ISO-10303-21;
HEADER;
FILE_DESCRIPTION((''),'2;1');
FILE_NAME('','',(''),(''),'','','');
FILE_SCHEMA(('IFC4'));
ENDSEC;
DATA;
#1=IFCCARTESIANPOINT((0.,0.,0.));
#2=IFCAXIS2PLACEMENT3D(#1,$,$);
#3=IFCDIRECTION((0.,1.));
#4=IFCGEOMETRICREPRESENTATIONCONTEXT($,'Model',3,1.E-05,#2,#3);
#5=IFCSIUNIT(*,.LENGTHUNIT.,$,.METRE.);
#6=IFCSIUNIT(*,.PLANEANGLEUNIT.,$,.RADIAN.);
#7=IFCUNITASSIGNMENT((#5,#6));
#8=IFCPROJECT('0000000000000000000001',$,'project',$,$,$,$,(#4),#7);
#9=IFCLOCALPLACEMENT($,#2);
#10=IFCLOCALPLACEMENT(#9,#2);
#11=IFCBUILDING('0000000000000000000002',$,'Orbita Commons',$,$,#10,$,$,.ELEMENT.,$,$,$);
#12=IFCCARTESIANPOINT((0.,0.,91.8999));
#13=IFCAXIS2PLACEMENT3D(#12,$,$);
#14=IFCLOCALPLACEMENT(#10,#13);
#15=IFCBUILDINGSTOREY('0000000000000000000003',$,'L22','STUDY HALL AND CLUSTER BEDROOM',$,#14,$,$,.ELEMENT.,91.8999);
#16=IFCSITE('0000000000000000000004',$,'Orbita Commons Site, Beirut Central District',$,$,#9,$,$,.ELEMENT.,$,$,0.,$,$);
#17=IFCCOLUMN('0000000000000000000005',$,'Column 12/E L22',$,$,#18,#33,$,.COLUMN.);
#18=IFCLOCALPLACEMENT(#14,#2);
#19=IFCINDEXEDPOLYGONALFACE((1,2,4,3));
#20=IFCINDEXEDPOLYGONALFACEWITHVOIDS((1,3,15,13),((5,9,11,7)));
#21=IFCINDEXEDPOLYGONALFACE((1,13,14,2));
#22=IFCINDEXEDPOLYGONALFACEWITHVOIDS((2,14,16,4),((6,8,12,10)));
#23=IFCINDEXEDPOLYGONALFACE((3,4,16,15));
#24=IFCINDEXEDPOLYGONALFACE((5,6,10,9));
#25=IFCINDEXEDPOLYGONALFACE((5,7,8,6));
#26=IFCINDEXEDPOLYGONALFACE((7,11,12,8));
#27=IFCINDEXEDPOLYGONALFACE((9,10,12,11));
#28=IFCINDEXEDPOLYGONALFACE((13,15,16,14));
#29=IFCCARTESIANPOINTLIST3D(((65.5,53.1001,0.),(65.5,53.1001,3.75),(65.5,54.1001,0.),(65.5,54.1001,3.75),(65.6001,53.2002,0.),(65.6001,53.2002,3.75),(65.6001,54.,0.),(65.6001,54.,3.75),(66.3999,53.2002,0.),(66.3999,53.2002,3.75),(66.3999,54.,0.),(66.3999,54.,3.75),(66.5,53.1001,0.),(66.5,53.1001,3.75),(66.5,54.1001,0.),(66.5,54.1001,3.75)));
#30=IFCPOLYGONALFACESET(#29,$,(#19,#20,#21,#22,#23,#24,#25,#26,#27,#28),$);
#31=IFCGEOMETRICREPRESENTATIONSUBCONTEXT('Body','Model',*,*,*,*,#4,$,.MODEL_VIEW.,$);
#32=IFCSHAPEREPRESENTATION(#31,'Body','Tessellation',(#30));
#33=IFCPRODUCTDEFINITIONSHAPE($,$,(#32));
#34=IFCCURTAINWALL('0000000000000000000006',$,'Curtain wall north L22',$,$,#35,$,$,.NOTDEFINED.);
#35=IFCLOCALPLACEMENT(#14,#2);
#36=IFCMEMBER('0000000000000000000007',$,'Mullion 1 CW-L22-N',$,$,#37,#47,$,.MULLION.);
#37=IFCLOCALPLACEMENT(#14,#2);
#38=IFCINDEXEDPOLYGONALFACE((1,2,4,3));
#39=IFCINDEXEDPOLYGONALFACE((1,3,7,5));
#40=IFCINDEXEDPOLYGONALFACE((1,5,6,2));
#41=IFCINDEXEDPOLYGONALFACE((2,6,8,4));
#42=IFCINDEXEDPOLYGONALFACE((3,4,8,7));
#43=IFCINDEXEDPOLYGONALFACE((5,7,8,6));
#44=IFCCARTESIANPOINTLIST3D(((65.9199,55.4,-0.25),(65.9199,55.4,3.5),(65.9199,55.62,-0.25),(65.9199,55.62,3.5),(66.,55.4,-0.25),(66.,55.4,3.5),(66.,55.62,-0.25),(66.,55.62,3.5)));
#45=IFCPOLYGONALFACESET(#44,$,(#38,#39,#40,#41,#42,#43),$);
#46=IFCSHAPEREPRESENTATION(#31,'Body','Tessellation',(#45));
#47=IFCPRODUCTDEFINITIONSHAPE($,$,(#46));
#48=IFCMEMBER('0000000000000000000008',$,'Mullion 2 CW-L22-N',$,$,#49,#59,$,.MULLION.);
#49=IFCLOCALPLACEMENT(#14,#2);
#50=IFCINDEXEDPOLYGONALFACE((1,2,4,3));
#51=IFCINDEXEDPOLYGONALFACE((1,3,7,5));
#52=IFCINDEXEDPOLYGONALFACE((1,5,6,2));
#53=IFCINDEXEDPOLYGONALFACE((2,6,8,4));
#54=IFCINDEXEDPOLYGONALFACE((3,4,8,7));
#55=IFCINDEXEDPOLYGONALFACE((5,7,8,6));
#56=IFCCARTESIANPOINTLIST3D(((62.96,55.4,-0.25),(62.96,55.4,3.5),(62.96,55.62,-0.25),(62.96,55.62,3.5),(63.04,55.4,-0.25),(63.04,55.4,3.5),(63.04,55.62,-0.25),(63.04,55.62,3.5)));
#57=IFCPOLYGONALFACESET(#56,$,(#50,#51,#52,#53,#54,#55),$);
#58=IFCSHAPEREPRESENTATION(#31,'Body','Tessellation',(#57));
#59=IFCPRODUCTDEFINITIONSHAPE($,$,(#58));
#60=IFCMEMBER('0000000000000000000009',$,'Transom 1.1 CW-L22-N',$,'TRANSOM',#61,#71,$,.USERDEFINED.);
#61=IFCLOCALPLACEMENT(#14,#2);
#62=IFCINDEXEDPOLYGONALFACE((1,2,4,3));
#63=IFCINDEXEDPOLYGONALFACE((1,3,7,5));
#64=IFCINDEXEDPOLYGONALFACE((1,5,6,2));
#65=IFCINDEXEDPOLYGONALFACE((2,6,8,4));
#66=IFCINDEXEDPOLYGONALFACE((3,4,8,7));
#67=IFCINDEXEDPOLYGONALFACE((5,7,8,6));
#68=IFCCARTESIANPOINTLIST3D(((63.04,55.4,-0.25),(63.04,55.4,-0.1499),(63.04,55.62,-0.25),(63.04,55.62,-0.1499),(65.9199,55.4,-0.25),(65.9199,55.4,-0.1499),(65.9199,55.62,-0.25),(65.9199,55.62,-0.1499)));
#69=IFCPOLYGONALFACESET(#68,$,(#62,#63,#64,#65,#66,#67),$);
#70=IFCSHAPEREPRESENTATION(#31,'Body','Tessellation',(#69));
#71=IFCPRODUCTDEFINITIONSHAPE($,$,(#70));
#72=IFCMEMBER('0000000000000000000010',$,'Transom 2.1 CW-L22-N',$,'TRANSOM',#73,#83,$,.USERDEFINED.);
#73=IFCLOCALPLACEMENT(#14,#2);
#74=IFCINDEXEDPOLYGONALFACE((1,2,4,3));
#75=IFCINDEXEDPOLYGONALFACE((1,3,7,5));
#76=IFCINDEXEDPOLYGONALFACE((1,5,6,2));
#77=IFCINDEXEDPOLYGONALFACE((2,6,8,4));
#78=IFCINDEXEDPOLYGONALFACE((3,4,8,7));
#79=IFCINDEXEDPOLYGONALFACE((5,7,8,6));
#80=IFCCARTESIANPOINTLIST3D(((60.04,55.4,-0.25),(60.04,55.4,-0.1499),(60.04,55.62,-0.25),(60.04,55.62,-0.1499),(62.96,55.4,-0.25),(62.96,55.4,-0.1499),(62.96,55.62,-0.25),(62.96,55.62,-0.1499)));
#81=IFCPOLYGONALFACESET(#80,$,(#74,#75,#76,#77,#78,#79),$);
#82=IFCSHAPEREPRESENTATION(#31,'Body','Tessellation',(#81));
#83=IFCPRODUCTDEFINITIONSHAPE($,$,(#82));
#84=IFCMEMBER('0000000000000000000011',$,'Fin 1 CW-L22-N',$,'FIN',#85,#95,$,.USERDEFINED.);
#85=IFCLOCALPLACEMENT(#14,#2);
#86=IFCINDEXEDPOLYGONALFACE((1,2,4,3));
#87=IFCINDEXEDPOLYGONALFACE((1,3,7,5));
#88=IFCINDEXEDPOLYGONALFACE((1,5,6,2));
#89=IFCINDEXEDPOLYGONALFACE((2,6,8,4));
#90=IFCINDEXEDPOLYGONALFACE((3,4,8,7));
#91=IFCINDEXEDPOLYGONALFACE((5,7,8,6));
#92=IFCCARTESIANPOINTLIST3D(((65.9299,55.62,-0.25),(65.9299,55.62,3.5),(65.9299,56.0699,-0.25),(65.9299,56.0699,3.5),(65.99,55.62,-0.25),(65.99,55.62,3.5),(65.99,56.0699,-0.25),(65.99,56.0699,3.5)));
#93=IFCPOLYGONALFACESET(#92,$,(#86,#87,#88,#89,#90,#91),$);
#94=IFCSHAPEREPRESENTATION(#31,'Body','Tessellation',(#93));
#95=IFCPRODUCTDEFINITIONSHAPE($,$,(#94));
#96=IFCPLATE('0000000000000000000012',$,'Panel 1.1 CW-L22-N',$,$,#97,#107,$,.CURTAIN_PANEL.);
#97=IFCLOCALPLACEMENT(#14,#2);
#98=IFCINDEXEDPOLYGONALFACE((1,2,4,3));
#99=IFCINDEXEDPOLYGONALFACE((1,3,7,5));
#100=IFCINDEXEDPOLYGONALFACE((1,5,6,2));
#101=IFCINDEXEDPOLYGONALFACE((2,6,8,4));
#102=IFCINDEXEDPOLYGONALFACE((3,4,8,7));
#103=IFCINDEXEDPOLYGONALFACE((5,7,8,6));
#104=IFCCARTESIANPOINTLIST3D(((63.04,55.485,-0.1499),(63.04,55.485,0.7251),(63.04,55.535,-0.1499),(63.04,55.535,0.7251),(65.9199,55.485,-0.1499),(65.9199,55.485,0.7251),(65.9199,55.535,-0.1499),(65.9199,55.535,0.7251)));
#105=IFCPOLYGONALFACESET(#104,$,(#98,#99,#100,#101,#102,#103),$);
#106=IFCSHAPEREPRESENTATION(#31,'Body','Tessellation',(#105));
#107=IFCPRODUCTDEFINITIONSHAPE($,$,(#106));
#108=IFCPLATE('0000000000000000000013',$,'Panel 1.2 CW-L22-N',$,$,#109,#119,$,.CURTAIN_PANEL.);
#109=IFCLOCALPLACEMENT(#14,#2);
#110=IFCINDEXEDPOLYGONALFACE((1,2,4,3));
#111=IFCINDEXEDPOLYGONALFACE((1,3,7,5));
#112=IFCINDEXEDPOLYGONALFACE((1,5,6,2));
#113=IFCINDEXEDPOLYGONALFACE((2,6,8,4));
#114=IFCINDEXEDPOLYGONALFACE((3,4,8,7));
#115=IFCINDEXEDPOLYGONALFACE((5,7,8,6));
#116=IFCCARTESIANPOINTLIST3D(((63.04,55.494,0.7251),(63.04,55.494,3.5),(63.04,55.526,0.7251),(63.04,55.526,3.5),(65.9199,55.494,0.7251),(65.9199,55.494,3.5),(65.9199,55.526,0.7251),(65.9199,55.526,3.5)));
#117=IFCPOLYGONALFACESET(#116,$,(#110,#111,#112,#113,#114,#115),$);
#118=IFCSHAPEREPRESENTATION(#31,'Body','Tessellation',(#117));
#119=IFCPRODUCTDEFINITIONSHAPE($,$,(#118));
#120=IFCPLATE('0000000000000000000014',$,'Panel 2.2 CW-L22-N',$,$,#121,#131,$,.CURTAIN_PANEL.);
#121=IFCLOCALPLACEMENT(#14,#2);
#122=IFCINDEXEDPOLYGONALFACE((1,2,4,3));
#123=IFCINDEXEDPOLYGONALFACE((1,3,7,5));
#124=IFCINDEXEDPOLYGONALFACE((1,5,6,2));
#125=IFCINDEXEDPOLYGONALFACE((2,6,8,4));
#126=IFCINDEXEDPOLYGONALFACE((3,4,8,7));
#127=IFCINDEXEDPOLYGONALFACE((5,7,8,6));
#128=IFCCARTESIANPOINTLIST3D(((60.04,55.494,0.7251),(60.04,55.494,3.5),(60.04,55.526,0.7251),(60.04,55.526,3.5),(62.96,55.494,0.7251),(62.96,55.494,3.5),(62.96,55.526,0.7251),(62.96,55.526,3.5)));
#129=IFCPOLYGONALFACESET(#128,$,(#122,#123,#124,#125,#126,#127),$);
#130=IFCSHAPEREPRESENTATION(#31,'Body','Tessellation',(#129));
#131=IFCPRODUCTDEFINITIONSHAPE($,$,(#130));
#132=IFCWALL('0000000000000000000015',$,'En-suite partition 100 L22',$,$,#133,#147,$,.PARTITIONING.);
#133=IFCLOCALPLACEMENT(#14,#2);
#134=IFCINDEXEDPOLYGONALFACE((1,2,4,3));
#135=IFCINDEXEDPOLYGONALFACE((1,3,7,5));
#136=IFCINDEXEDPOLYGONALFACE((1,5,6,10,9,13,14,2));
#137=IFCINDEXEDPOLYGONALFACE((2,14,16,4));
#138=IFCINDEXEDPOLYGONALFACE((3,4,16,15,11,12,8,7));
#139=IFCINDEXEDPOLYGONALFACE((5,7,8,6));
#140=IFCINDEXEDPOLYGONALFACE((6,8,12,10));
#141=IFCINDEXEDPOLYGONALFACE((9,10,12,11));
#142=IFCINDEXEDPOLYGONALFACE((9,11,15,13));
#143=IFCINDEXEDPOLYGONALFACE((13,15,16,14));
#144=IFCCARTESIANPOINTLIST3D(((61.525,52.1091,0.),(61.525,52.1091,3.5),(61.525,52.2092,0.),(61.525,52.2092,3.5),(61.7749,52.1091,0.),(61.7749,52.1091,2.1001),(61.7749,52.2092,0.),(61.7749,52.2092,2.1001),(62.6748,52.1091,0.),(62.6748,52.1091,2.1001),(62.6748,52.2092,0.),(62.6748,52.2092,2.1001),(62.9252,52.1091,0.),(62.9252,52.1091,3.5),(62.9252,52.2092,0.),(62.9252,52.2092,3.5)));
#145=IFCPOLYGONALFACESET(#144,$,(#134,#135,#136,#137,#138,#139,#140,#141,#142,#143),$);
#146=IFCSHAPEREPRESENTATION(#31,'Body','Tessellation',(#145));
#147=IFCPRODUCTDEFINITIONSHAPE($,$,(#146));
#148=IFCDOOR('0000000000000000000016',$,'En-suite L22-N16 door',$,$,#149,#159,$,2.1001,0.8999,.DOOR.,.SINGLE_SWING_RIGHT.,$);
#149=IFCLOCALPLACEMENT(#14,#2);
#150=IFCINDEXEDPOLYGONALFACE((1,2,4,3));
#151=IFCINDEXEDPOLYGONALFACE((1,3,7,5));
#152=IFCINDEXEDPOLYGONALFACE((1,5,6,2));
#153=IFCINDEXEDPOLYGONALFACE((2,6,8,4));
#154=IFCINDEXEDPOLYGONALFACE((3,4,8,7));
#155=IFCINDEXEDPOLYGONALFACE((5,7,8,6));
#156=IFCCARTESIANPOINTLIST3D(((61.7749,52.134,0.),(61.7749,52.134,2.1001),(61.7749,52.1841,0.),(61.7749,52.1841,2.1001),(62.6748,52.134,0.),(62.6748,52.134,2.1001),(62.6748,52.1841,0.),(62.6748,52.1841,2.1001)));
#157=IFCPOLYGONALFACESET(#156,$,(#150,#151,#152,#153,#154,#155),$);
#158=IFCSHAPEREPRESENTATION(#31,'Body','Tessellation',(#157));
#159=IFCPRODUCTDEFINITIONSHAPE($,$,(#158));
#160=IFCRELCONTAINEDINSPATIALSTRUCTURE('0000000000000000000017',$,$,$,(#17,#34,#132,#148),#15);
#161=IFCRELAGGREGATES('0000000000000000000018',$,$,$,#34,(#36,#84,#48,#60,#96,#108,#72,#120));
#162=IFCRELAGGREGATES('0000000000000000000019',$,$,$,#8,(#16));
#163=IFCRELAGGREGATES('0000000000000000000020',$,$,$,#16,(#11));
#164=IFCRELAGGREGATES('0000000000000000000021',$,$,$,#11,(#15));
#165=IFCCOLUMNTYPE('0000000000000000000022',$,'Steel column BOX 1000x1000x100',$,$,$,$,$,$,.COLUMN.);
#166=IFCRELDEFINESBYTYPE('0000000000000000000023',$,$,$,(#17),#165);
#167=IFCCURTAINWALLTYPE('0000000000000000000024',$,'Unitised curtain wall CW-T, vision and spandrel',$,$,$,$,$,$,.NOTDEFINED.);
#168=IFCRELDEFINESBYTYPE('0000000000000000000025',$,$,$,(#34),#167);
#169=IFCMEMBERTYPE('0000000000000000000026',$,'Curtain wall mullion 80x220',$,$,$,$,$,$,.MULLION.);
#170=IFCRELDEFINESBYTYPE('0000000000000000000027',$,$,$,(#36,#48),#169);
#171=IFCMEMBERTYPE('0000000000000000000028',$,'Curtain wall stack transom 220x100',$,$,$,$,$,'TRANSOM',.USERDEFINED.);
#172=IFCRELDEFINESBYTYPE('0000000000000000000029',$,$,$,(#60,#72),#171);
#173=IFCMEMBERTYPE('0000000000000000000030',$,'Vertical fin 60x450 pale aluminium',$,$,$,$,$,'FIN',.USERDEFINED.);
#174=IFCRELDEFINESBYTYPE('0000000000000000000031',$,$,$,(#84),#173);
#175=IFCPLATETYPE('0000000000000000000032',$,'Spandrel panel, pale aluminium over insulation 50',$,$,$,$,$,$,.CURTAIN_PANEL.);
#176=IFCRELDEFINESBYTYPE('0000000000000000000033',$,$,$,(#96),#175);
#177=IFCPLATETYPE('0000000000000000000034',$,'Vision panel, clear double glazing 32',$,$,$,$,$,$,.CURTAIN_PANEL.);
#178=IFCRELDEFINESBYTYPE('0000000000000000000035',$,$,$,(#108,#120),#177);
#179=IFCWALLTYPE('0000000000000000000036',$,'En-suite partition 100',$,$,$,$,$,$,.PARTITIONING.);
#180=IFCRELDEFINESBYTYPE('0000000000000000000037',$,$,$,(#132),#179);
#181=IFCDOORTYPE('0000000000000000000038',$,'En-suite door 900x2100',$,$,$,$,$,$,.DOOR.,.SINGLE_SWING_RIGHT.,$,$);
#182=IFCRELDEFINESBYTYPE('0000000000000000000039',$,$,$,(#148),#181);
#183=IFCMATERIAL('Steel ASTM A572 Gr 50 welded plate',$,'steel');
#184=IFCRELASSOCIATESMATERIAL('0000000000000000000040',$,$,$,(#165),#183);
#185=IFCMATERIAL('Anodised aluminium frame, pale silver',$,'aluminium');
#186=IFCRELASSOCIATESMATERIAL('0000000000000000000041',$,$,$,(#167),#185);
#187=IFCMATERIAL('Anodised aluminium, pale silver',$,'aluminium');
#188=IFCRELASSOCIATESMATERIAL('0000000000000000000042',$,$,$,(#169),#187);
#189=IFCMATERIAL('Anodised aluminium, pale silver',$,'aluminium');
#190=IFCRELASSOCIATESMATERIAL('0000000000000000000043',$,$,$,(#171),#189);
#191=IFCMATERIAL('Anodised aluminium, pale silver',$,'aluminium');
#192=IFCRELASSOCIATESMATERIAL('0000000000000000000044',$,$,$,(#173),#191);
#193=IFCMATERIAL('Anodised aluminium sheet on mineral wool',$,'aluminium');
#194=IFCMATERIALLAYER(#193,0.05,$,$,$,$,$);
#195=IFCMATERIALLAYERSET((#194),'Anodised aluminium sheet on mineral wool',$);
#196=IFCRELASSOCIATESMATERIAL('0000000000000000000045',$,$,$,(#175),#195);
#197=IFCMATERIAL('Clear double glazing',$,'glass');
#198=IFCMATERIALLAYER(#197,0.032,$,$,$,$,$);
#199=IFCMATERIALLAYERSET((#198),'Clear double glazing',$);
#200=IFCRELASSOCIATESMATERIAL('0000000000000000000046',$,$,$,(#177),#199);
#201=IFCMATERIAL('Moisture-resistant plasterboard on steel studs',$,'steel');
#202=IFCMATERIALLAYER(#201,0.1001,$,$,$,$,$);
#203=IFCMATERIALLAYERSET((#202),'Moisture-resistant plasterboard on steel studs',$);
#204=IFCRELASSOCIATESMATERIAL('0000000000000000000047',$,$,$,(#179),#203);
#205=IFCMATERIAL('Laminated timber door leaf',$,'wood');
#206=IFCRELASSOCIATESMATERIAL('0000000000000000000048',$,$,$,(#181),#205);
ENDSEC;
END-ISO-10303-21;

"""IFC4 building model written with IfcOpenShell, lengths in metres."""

from ifc_helpers import new_model, si_unit, direction, frame, frame_2d, origin, origin_2d, place, context, subcontext, project, spatial, rectangle, hollow_rectangle, extrude, material, layer, layer_set, material_profile, profile_set, type_object, element, fill, aggregate, save


model = new_model("IFC4")

# Units and contexts
model_context = context("Model", 3, precision=1e-05, world=origin(), true_north=direction((0.0, 1.0)))
body_context = subcontext(model_context, "Body", "Model", "MODEL_VIEW")
ifc_project = project(units=[si_unit("LENGTHUNIT", "METRE"), si_unit("PLANEANGLEUNIT", "RADIAN")], contexts=[model_context])

# Site, building, storey
site_placement = place(None, origin())
site = spatial("IfcSite", under=ifc_project, at=site_placement, Name="Orbita Commons Site, Beirut Central District", CompositionType="ELEMENT", RefElevation=0.0)
building_placement = place(site_placement, origin())
building = spatial("IfcBuilding", under=site, at=building_placement, Name="Orbita Commons", CompositionType="ELEMENT")
storey_placement = place(building_placement, frame((0.0, 0.0, 91.8999)))
storey = spatial("IfcBuildingStorey", under=building, at=storey_placement, Name="L22", Description="STUDY HALL AND CLUSTER BEDROOM", CompositionType="ELEMENT", Elevation=91.8999)

# Column
ifc_material_1 = material(Name="Steel ASTM A572 Gr 50 welded plate", Category="steel")
ifc_material_profile_1 = material_profile(ifc_material_1, hollow_rectangle(XDim=1.0, YDim=1.0, WallThickness=0.1001, at=origin_2d()), Name="BOX 1000x1000x100")
ifc_profile_set_1 = profile_set([ifc_material_profile_1], Name="Steel ASTM A572 Gr 50 welded plate")
column_type = type_object("IfcColumnType", Name="Steel column BOX 1000x1000x100", PredefinedType="COLUMN", material=ifc_profile_set_1)
column_placement = place(storey_placement, frame((66.0, 53.6001, 0.0), z_axis=(0.0, 0.0, 1.0), x_axis=(1.0, 0.0, 0.0)))
element("IfcColumn", 1, at=column_placement, inside=storey, type_object=column_type, Name="Column 12/E L22", PredefinedType="COLUMN", context=body_context, shape_type="SweptSolid", body=[
    extrude(hollow_rectangle(XDim=1.0, YDim=1.0, WallThickness=0.1001, at=origin_2d()), origin(), (0.0, 0.0, 1.0), 3.75),
])

# Curtain wall, members, plates
ifc_material_2 = material(Name="Anodised aluminium frame, pale silver", Category="aluminium")
curtain_wall_type = type_object("IfcCurtainWallType", Name="Unitised curtain wall CW-T, vision and spandrel", PredefinedType="NOTDEFINED", material=ifc_material_2)
curtain_wall_placement = place(storey_placement, origin())
curtain_wall = element("IfcCurtainWall", 2, at=curtain_wall_placement, inside=storey, type_object=curtain_wall_type, Name="Curtain wall north L22", PredefinedType="NOTDEFINED")
ifc_material_3 = material(Name="Anodised aluminium, pale silver", Category="aluminium")
ifc_material_profile_2 = material_profile(ifc_material_3, rectangle(XDim=0.0801, YDim=0.22, at=origin_2d()), Name="AL 80x220")
ifc_profile_set_2 = profile_set([ifc_material_profile_2], Name="Anodised aluminium, pale silver")
member_type_1 = type_object("IfcMemberType", Name="Curtain wall mullion 80x220", PredefinedType="MULLION", material=ifc_profile_set_2)
member_1_placement = place(storey_placement, frame((65.96, 55.51, -0.25), z_axis=(0.0, 0.0, 1.0), x_axis=(-1.0, 0.0, 0.0)))
member_1 = element("IfcMember", 3, at=member_1_placement, type_object=member_type_1, Name="Mullion 1 CW-L22-N", PredefinedType="MULLION", context=body_context, shape_type="SweptSolid", body=[
    extrude(rectangle(XDim=0.0801, YDim=0.22, at=origin_2d()), origin(), (0.0, 0.0, 1.0), 3.75),
])
member_2_placement = place(storey_placement, frame((63.0, 55.51, -0.25), z_axis=(0.0, 0.0, 1.0), x_axis=(-1.0, 0.0, 0.0)))
member_2 = element("IfcMember", 4, at=member_2_placement, type_object=member_type_1, Name="Mullion 2 CW-L22-N", PredefinedType="MULLION", context=body_context, shape_type="SweptSolid", body=[
    extrude(rectangle(XDim=0.0801, YDim=0.22, at=origin_2d()), origin(), (0.0, 0.0, 1.0), 3.75),
])
ifc_material_4 = material(Name="Anodised aluminium, pale silver", Category="aluminium")
ifc_material_profile_3 = material_profile(ifc_material_4, rectangle(XDim=0.22, YDim=0.1001, at=origin_2d()), Name="AL 220x100")
ifc_profile_set_3 = profile_set([ifc_material_profile_3], Name="Anodised aluminium, pale silver")
member_type_2 = type_object("IfcMemberType", Name="Curtain wall stack transom 220x100", ElementType="TRANSOM", PredefinedType="USERDEFINED", material=ifc_profile_set_3)
member_3_placement = place(storey_placement, frame((65.9199, 55.51, -0.2), z_axis=(-1.0, 0.0, 0.0), x_axis=(0.0, -1.0, 0.0)))
member_3 = element("IfcMember", 5, at=member_3_placement, type_object=member_type_2, Name="Transom 1.1 CW-L22-N", ObjectType="TRANSOM", PredefinedType="USERDEFINED", context=body_context, shape_type="SweptSolid", body=[
    extrude(rectangle(XDim=0.22, YDim=0.1001, at=origin_2d()), origin(), (0.0, 0.0, 1.0), 2.8799),
])
member_4_placement = place(storey_placement, frame((62.96, 55.51, -0.2), z_axis=(-1.0, 0.0, 0.0), x_axis=(0.0, -1.0, 0.0)))
member_4 = element("IfcMember", 6, at=member_4_placement, type_object=member_type_2, Name="Transom 2.1 CW-L22-N", ObjectType="TRANSOM", PredefinedType="USERDEFINED", context=body_context, shape_type="SweptSolid", body=[
    extrude(rectangle(XDim=0.22, YDim=0.1001, at=origin_2d()), origin(), (0.0, 0.0, 1.0), 2.9199),
])
ifc_material_5 = material(Name="Anodised aluminium, pale silver", Category="aluminium")
ifc_material_profile_4 = material_profile(ifc_material_5, rectangle(XDim=0.0601, YDim=0.45, at=origin_2d()), Name="FIN 60x450")
ifc_profile_set_4 = profile_set([ifc_material_profile_4], Name="Anodised aluminium, pale silver")
member_type_3 = type_object("IfcMemberType", Name="Vertical fin 60x450 pale aluminium", ElementType="FIN", PredefinedType="USERDEFINED", material=ifc_profile_set_4)
member_5_placement = place(storey_placement, frame((65.96, 55.845, -0.25), z_axis=(0.0, 0.0, 1.0), x_axis=(-1.0, 0.0, 0.0)))
member_5 = element("IfcMember", 7, at=member_5_placement, type_object=member_type_3, Name="Fin 1 CW-L22-N", ObjectType="FIN", PredefinedType="USERDEFINED", context=body_context, shape_type="SweptSolid", body=[
    extrude(rectangle(XDim=0.0601, YDim=0.45, at=origin_2d()), origin(), (0.0, 0.0, 1.0), 3.75),
])
ifc_material_6 = material(Name="Anodised aluminium sheet on mineral wool", Category="aluminium")
ifc_layer_1 = layer(ifc_material_6, 0.05)
ifc_layer_set_1 = layer_set([ifc_layer_1], Name="Anodised aluminium sheet on mineral wool")
plate_type_1 = type_object("IfcPlateType", Name="Spandrel panel, pale aluminium over insulation 50", PredefinedType="CURTAIN_PANEL", material=ifc_layer_set_1)
plate_1_placement = place(storey_placement, frame((64.48, 55.51, -0.1499), z_axis=(0.0, 0.0, 1.0), x_axis=(-1.0, 0.0, 0.0)))
plate_1 = element("IfcPlate", 8, at=plate_1_placement, type_object=plate_type_1, Name="Panel 1.1 CW-L22-N", PredefinedType="CURTAIN_PANEL", context=body_context, shape_type="SweptSolid", body=[
    extrude(rectangle(XDim=2.8799, YDim=0.05, at=origin_2d()), origin(), (0.0, 0.0, 1.0), 0.875),
])
ifc_material_7 = material(Name="Clear double glazing", Category="glass")
ifc_layer_2 = layer(ifc_material_7, 0.032)
ifc_layer_set_2 = layer_set([ifc_layer_2], Name="Clear double glazing")
plate_type_2 = type_object("IfcPlateType", Name="Vision panel, clear double glazing 32", PredefinedType="CURTAIN_PANEL", material=ifc_layer_set_2)
plate_2_placement = place(storey_placement, frame((64.48, 55.51, 0.7251), z_axis=(0.0, 0.0, 1.0), x_axis=(-1.0, 0.0, 0.0)))
plate_2 = element("IfcPlate", 9, at=plate_2_placement, type_object=plate_type_2, Name="Panel 1.2 CW-L22-N", PredefinedType="CURTAIN_PANEL", context=body_context, shape_type="SweptSolid", body=[
    extrude(rectangle(XDim=2.8799, YDim=0.032, at=origin_2d()), origin(), (0.0, 0.0, 1.0), 2.7749),
])
plate_3_placement = place(storey_placement, frame((61.5, 55.51, 0.7251), z_axis=(0.0, 0.0, 1.0), x_axis=(-1.0, 0.0, 0.0)))
plate_3 = element("IfcPlate", 10, at=plate_3_placement, type_object=plate_type_2, Name="Panel 2.2 CW-L22-N", PredefinedType="CURTAIN_PANEL", context=body_context, shape_type="SweptSolid", body=[
    extrude(rectangle(XDim=2.9199, YDim=0.032, at=origin_2d()), origin(), (0.0, 0.0, 1.0), 2.7749),
])
aggregate(curtain_wall, [member_1, member_5, member_2, member_3, plate_1, plate_2, member_4, plate_3])

# Wall, opening, door
ifc_material_8 = material(Name="Moisture-resistant plasterboard on steel studs", Category="steel")
ifc_layer_3 = layer(ifc_material_8, 0.1001)
ifc_layer_set_3 = layer_set([ifc_layer_3], Name="Moisture-resistant plasterboard on steel studs")
wall_type_1 = type_object("IfcWallType", Name="En-suite partition 100", PredefinedType="PARTITIONING", material=ifc_layer_set_3)
wall_1_placement = place(storey_placement, frame((61.5249, 52.1592, 0.0), z_axis=(0.0, 0.0, 1.0), x_axis=(1.0, 0.0, 0.0)))
wall_1 = element("IfcWall", 11, at=wall_1_placement, inside=storey, type_object=wall_type_1, Name="En-suite partition 100 L22", PredefinedType="PARTITIONING", context=body_context, shape_type="SweptSolid", body=[
    extrude(rectangle(XDim=1.4001, YDim=0.1001, at=frame_2d((0.7002, 0.0))), origin(), (0.0, 0.0, 1.0), 3.5),
])
opening_1_placement = place(wall_1_placement, frame((0.25, 0.0, 0.0)))
opening_1 = element("IfcOpeningElement", 12, at=opening_1_placement, cuts=wall_1, PredefinedType="OPENING", context=body_context, shape_type="SweptSolid", body=[
    extrude(rectangle(XDim=0.8999, YDim=2.1001, at=frame_2d((0.45, 1.05))), frame((0.0, 0.0601, 0.0), z_axis=(0.0, -1.0, 0.0), x_axis=(1.0, 0.0, 0.0)), (0.0, 0.0, 1.0), 0.1201),
])
ifc_material_9 = material(Name="Laminated timber door leaf", Category="wood")
door_type = type_object("IfcDoorType", Name="En-suite door 900x2100", OperationType="SINGLE_SWING_RIGHT", PredefinedType="DOOR", material=ifc_material_9)
door_1_placement = place(opening_1_placement, origin())
door_1 = element("IfcDoor", 13, at=door_1_placement, inside=storey, type_object=door_type, Name="En-suite L22-N16 door", OperationType="SINGLE_SWING_RIGHT", OverallHeight=2.1001, OverallWidth=0.8999, PredefinedType="DOOR", context=body_context, shape_type="SweptSolid", body=[
    extrude(rectangle(XDim=0.8999, YDim=2.1001, at=frame_2d((0.45, 1.05))), frame((0.0, 0.0249, 0.0), z_axis=(0.0, -1.0, 0.0), x_axis=(1.0, 0.0, 0.0)), (0.0, 0.0, 1.0), 0.05),
])
fill(opening_1, door_1)

save(model, "model.ifc")
